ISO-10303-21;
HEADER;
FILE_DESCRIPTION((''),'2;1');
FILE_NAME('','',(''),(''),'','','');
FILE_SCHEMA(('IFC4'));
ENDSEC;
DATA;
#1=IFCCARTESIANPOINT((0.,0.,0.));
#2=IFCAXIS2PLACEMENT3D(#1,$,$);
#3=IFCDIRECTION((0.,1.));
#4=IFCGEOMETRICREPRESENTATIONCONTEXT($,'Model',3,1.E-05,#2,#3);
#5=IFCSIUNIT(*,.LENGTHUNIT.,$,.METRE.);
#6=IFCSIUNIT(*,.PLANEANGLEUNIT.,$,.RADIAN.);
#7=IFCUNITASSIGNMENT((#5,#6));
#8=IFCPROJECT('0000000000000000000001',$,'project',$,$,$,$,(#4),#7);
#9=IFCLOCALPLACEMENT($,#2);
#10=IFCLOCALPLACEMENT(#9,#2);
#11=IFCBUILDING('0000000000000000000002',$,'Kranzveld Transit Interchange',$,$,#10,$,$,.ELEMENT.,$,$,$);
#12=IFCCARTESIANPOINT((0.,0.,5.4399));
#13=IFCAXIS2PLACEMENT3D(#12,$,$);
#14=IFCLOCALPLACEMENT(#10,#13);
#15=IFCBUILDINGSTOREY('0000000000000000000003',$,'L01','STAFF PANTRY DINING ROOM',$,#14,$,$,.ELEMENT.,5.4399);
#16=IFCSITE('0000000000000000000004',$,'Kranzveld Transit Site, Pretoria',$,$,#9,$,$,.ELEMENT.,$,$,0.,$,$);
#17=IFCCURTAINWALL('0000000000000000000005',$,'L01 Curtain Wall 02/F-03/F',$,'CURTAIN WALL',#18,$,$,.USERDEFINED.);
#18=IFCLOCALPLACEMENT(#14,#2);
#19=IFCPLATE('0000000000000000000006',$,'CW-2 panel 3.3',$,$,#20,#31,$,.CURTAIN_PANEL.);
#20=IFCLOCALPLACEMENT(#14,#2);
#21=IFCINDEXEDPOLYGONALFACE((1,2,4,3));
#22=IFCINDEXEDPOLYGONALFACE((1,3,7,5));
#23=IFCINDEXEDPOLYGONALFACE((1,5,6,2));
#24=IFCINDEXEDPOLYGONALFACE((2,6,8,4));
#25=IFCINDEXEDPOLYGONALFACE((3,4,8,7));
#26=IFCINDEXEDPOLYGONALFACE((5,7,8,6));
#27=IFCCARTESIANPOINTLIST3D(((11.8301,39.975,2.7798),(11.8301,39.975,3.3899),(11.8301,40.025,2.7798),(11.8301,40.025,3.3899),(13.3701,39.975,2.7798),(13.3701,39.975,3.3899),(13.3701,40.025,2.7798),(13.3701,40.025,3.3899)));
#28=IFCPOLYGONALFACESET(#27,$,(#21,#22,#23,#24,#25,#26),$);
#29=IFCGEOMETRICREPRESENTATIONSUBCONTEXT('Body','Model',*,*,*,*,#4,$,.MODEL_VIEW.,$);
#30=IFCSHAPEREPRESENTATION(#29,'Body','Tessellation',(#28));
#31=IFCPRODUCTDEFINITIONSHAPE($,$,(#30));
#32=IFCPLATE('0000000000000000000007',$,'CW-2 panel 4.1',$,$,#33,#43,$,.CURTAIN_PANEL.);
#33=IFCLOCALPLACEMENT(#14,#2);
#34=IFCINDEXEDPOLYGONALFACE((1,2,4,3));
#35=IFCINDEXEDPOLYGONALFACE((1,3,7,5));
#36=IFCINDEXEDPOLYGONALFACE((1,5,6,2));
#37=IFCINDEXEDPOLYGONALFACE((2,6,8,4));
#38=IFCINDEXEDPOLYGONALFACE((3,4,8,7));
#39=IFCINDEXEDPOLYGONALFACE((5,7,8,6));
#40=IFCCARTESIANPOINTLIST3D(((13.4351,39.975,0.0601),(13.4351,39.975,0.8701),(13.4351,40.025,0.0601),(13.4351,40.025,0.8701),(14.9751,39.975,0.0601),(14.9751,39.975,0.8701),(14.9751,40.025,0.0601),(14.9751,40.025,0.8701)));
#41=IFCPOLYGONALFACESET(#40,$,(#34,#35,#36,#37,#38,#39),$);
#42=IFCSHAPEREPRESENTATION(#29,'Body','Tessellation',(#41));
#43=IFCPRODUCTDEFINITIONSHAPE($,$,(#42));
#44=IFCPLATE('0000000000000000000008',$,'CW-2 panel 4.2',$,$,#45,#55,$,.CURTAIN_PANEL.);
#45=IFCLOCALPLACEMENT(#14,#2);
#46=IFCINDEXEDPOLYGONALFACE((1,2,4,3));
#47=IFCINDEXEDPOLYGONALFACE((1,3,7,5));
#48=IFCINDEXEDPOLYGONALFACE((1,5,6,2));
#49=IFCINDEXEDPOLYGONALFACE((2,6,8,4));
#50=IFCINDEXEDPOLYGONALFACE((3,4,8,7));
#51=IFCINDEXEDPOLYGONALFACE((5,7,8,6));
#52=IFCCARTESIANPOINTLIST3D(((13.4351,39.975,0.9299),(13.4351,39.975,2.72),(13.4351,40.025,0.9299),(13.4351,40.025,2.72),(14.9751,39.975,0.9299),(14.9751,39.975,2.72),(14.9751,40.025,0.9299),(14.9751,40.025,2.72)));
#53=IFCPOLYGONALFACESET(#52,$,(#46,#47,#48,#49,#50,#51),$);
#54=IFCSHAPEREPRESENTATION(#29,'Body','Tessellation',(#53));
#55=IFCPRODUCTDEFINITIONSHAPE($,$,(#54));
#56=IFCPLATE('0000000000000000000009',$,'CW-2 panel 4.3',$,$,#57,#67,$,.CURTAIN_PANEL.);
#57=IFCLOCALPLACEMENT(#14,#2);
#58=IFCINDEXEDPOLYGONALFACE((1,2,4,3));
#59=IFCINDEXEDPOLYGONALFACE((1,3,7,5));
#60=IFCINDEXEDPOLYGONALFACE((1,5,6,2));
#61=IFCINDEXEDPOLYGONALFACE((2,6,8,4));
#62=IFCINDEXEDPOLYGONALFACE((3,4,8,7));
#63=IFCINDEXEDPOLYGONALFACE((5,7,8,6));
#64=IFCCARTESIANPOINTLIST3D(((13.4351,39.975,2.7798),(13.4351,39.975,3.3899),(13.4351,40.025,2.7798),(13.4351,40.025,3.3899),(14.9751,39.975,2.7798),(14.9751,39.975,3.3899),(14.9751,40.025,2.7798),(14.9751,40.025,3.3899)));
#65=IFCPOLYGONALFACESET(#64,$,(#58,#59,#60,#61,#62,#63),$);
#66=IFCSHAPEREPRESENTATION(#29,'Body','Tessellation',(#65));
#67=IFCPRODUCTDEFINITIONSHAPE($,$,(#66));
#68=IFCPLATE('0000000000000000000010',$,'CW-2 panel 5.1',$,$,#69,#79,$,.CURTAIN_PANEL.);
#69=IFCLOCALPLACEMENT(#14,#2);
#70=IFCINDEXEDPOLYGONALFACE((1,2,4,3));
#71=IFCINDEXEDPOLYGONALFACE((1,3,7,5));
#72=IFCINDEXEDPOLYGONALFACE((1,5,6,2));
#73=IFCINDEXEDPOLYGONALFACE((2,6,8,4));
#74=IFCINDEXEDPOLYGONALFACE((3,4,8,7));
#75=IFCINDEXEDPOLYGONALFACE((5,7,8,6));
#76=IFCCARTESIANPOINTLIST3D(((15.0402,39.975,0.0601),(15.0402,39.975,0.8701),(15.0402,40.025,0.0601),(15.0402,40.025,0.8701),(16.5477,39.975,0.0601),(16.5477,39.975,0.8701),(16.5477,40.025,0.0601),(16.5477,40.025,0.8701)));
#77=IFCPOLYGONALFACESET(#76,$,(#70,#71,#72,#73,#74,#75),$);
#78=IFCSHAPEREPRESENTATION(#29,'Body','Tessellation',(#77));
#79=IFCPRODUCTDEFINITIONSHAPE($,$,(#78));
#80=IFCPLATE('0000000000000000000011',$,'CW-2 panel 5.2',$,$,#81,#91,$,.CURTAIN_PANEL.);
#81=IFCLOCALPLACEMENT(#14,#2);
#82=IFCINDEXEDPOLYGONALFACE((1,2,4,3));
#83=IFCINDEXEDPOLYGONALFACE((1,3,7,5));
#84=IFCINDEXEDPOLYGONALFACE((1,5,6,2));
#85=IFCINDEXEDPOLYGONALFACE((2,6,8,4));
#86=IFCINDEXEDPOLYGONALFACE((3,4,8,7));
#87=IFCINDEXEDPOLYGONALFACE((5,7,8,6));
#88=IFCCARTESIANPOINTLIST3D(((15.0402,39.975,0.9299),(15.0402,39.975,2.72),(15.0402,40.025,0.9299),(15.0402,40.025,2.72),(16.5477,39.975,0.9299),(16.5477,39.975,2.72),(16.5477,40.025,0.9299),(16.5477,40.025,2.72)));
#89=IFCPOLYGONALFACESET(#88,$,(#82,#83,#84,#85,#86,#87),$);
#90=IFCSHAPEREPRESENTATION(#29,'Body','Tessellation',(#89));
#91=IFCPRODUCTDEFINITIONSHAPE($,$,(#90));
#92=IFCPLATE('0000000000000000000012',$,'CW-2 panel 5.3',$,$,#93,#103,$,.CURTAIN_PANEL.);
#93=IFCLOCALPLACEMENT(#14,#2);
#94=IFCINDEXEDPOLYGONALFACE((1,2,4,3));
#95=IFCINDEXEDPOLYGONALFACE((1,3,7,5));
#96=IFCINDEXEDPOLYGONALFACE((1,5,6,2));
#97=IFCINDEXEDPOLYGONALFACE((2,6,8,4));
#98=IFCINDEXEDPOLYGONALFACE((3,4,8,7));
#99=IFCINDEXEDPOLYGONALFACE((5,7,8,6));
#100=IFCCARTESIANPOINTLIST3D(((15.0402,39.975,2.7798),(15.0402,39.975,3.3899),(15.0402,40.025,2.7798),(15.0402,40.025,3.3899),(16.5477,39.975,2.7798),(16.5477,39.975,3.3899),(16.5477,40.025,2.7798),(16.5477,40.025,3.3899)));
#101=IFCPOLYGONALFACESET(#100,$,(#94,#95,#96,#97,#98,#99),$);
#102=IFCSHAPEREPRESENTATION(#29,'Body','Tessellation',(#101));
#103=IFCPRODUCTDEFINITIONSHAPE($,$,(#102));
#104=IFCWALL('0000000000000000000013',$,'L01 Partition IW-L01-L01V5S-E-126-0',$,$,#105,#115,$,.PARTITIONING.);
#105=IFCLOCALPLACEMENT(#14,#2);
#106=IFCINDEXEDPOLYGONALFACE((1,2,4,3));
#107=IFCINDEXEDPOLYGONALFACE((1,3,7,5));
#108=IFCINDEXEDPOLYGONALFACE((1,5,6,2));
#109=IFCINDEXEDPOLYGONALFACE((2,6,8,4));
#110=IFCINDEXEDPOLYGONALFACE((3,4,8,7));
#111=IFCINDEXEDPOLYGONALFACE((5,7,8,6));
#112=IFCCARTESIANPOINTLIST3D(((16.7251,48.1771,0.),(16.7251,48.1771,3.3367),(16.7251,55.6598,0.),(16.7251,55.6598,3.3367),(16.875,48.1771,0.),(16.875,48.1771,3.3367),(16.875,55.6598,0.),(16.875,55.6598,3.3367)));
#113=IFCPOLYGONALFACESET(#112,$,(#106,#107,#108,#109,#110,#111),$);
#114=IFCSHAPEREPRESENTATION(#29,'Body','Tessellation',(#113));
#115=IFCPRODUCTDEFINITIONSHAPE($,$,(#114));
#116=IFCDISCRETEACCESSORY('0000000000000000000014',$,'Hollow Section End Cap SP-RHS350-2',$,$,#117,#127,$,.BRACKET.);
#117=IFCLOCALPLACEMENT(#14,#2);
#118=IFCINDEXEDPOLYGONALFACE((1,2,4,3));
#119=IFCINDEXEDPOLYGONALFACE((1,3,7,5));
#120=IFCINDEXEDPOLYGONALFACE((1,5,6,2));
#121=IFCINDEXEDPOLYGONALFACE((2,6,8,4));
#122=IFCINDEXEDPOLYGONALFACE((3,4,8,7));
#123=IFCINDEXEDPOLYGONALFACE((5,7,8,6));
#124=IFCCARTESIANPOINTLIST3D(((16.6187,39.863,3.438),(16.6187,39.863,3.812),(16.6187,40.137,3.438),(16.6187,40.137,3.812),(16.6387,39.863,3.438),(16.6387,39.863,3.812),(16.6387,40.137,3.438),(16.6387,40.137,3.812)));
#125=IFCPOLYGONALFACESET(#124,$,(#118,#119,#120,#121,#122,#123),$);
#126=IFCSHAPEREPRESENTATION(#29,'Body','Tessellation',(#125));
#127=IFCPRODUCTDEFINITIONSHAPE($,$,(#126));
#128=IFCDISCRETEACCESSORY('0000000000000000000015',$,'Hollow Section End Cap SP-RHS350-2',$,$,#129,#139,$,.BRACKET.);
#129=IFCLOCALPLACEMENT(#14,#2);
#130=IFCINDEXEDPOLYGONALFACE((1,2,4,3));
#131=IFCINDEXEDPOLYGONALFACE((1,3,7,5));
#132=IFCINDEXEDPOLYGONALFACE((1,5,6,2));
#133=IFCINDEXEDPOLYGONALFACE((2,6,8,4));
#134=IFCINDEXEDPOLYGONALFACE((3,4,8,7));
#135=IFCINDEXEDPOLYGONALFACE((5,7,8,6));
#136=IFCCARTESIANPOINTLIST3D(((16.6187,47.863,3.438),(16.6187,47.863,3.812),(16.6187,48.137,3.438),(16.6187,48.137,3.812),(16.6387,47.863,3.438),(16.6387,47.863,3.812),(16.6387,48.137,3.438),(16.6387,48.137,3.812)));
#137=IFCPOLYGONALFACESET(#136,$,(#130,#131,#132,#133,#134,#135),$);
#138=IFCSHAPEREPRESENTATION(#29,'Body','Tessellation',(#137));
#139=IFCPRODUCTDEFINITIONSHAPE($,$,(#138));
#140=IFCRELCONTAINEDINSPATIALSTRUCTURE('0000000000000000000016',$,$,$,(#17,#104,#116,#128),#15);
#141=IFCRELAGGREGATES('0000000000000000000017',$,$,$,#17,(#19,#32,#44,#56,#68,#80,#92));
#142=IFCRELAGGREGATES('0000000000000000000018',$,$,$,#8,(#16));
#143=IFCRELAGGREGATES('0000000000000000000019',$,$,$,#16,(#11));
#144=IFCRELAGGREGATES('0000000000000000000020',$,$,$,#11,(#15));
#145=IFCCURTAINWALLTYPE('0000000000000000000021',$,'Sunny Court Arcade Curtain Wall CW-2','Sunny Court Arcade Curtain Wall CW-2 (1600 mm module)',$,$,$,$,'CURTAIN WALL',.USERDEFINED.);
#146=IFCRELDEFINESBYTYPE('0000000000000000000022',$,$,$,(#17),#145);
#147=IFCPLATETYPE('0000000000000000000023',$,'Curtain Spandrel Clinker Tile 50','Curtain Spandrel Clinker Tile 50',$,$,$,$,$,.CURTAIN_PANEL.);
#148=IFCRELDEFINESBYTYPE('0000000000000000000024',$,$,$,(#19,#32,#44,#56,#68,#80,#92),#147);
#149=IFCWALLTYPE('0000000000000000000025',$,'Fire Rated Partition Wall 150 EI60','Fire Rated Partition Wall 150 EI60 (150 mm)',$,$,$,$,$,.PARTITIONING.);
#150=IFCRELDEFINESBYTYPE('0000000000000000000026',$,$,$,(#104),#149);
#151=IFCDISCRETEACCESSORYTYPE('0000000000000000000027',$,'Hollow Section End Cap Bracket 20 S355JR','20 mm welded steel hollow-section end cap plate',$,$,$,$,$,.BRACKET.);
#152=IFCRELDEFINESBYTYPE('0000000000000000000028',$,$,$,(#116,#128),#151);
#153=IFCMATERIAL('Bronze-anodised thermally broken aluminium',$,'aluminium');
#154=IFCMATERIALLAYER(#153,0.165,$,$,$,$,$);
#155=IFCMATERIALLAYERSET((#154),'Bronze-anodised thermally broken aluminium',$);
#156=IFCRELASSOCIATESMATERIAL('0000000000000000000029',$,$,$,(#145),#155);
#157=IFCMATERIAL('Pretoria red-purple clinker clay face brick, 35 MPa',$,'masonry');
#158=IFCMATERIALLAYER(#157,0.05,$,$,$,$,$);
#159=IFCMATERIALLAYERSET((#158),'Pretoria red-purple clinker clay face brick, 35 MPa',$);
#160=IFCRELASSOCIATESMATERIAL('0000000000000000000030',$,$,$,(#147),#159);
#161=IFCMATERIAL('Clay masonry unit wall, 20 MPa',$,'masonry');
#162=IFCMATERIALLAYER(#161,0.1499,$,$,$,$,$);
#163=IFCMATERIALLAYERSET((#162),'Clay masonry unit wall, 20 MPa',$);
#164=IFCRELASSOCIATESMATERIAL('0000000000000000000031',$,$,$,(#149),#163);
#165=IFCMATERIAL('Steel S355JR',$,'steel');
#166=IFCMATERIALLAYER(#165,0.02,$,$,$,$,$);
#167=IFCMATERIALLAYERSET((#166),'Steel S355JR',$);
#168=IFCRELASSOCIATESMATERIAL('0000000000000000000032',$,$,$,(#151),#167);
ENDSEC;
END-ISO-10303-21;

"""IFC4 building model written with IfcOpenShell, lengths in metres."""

from ifc_helpers import new_model, si_unit, direction, frame, frame_2d, origin, origin_2d, place, context, subcontext, project, spatial, rectangle, extrude, material, layer, layer_set, type_object, element, aggregate, save


model = new_model("IFC4")

# Units and contexts
model_context = context("Model", 3, precision=1e-05, world=origin(), true_north=direction((0.0, 1.0)))
body_context = subcontext(model_context, "Body", "Model", "MODEL_VIEW")
ifc_project = project(units=[si_unit("LENGTHUNIT", "METRE"), si_unit("PLANEANGLEUNIT", "RADIAN")], contexts=[model_context])

# Site, building, storey
site_placement = place(None, origin())
site = spatial("IfcSite", under=ifc_project, at=site_placement, Name="Kranzveld Transit Site, Pretoria", CompositionType="ELEMENT", RefElevation=0.0)
building_placement = place(site_placement, origin())
building = spatial("IfcBuilding", under=site, at=building_placement, Name="Kranzveld Transit Interchange", CompositionType="ELEMENT")
storey_placement = place(building_placement, frame((0.0, 0.0, 5.4399)))
storey = spatial("IfcBuildingStorey", under=building, at=storey_placement, Name="L01", Description="STAFF PANTRY DINING ROOM", CompositionType="ELEMENT", Elevation=5.4399)

# Curtain wall
ifc_material_1 = material(Name="Bronze-anodised thermally broken aluminium", Category="aluminium")
ifc_layer_1 = layer(ifc_material_1, 0.165)
ifc_layer_set_1 = layer_set([ifc_layer_1], Name="Bronze-anodised thermally broken aluminium")
curtain_wall_type = type_object("IfcCurtainWallType", Name="Sunny Court Arcade Curtain Wall CW-2", Description="Sunny Court Arcade Curtain Wall CW-2 (1600 mm module)", ElementType="CURTAIN WALL", PredefinedType="USERDEFINED", material=ifc_layer_set_1)
curtain_wall_placement = place(storey_placement, origin())
curtain_wall = element("IfcCurtainWall", 1, at=curtain_wall_placement, inside=storey, type_object=curtain_wall_type, Name="L01 Curtain Wall 02/F-03/F", ObjectType="CURTAIN WALL", PredefinedType="USERDEFINED")

# Plates
ifc_material_2 = material(Name="Pretoria red-purple clinker clay face brick, 35 MPa", Category="masonry")
ifc_layer_2 = layer(ifc_material_2, 0.05)
ifc_layer_set_2 = layer_set([ifc_layer_2], Name="Pretoria red-purple clinker clay face brick, 35 MPa")
plate_type = type_object("IfcPlateType", Name="Curtain Spandrel Clinker Tile 50", Description="Curtain Spandrel Clinker Tile 50", PredefinedType="CURTAIN_PANEL", material=ifc_layer_set_2)
plate_1_placement = place(storey_placement, frame((12.6001, 40.0, 2.7798), z_axis=(0.0, 0.0, 1.0), x_axis=(1.0, 0.0, 0.0)))
plate_1 = element("IfcPlate", 2, at=plate_1_placement, type_object=plate_type, Name="CW-2 panel 3.3", PredefinedType="CURTAIN_PANEL", context=body_context, shape_type="SweptSolid", body=[
    extrude(rectangle(XDim=1.54, YDim=0.05, at=origin_2d()), origin(), (0.0, 0.0, 1.0), 0.6101),
])
plate_2_placement = place(storey_placement, frame((14.2051, 40.0, 0.0601), z_axis=(0.0, 0.0, 1.0), x_axis=(1.0, 0.0, 0.0)))
plate_2 = element("IfcPlate", 3, at=plate_2_placement, type_object=plate_type, Name="CW-2 panel 4.1", PredefinedType="CURTAIN_PANEL", context=body_context, shape_type="SweptSolid", body=[
    extrude(rectangle(XDim=1.54, YDim=0.05, at=origin_2d()), origin(), (0.0, 0.0, 1.0), 0.8101),
])
plate_3_placement = place(storey_placement, frame((14.2051, 40.0, 0.9299), z_axis=(0.0, 0.0, 1.0), x_axis=(1.0, 0.0, 0.0)))
plate_3 = element("IfcPlate", 4, at=plate_3_placement, type_object=plate_type, Name="CW-2 panel 4.2", PredefinedType="CURTAIN_PANEL", context=body_context, shape_type="SweptSolid", body=[
    extrude(rectangle(XDim=1.54, YDim=0.05, at=origin_2d()), origin(), (0.0, 0.0, 1.0), 1.79),
])
plate_4_placement = place(storey_placement, frame((14.2051, 40.0, 2.7798), z_axis=(0.0, 0.0, 1.0), x_axis=(1.0, 0.0, 0.0)))
plate_4 = element("IfcPlate", 5, at=plate_4_placement, type_object=plate_type, Name="CW-2 panel 4.3", PredefinedType="CURTAIN_PANEL", context=body_context, shape_type="SweptSolid", body=[
    extrude(rectangle(XDim=1.54, YDim=0.05, at=origin_2d()), origin(), (0.0, 0.0, 1.0), 0.6101),
])
plate_5_placement = place(storey_placement, frame((15.7939, 40.0, 0.0601), z_axis=(0.0, 0.0, 1.0), x_axis=(1.0, 0.0, 0.0)))
plate_5 = element("IfcPlate", 6, at=plate_5_placement, type_object=plate_type, Name="CW-2 panel 5.1", PredefinedType="CURTAIN_PANEL", context=body_context, shape_type="SweptSolid", body=[
    extrude(rectangle(XDim=1.5076, YDim=0.05, at=origin_2d()), origin(), (0.0, 0.0, 1.0), 0.8101),
])
plate_6_placement = place(storey_placement, frame((15.7939, 40.0, 0.9299), z_axis=(0.0, 0.0, 1.0), x_axis=(1.0, 0.0, 0.0)))
plate_6 = element("IfcPlate", 7, at=plate_6_placement, type_object=plate_type, Name="CW-2 panel 5.2", PredefinedType="CURTAIN_PANEL", context=body_context, shape_type="SweptSolid", body=[
    extrude(rectangle(XDim=1.5076, YDim=0.05, at=origin_2d()), origin(), (0.0, 0.0, 1.0), 1.79),
])
plate_7_placement = place(storey_placement, frame((15.7939, 40.0, 2.7798), z_axis=(0.0, 0.0, 1.0), x_axis=(1.0, 0.0, 0.0)))
plate_7 = element("IfcPlate", 8, at=plate_7_placement, type_object=plate_type, Name="CW-2 panel 5.3", PredefinedType="CURTAIN_PANEL", context=body_context, shape_type="SweptSolid", body=[
    extrude(rectangle(XDim=1.5076, YDim=0.05, at=origin_2d()), origin(), (0.0, 0.0, 1.0), 0.6101),
])
aggregate(curtain_wall, [plate_1, plate_2, plate_3, plate_4, plate_5, plate_6, plate_7])

# Wall
ifc_material_3 = material(Name="Clay masonry unit wall, 20 MPa", Category="masonry")
ifc_layer_3 = layer(ifc_material_3, 0.1499)
ifc_layer_set_3 = layer_set([ifc_layer_3], Name="Clay masonry unit wall, 20 MPa")
wall_type = type_object("IfcWallType", Name="Fire Rated Partition Wall 150 EI60", Description="Fire Rated Partition Wall 150 EI60 (150 mm)", PredefinedType="PARTITIONING", material=ifc_layer_set_3)
wall_placement = place(storey_placement, frame((16.8, 48.1772, 0.0), z_axis=(0.0, 0.0, 1.0), x_axis=(0.0, 1.0, 0.0)))
element("IfcWall", 9, at=wall_placement, inside=storey, type_object=wall_type, Name="L01 Partition IW-L01-L01V5S-E-126-0", PredefinedType="PARTITIONING", context=body_context, shape_type="SweptSolid", body=[
    extrude(rectangle(XDim=7.4827, YDim=0.1499, at=frame_2d((3.7412, 0.0))), origin(), (0.0, 0.0, 1.0), 3.3367),
])

# Discrete accessories
ifc_material_4 = material(Name="Steel S355JR", Category="steel")
ifc_layer_4 = layer(ifc_material_4, 0.02)
ifc_layer_set_4 = layer_set([ifc_layer_4], Name="Steel S355JR")
discrete_accessory_type = type_object("IfcDiscreteAccessoryType", Name="Hollow Section End Cap Bracket 20 S355JR", Description="20 mm welded steel hollow-section end cap plate", PredefinedType="BRACKET", material=ifc_layer_set_4)
for number, where, z_axis, x_axis, name in (
    (10, (16.6187, 40.0, 3.625), (1.0, 0.0, 0.0), (0.0, 1.0, 0.0), "Hollow Section End Cap SP-RHS350-2"),
    (11, (16.6187, 48.0, 3.625), (1.0, 0.0, 0.0), (0.0, 1.0, 0.0), "Hollow Section End Cap SP-RHS350-2"),
):
    element("IfcDiscreteAccessory", number, at=place(storey_placement, frame(where, z_axis=z_axis, x_axis=x_axis)), inside=storey, type_object=discrete_accessory_type, Name=name, PredefinedType="BRACKET", context=body_context, shape_type="SweptSolid", body=[
        extrude(rectangle(XDim=0.2739, YDim=0.374, at=origin_2d()), origin(), (0.0, 0.0, 1.0), 0.02),
    ])

save(model, "model.ifc")
